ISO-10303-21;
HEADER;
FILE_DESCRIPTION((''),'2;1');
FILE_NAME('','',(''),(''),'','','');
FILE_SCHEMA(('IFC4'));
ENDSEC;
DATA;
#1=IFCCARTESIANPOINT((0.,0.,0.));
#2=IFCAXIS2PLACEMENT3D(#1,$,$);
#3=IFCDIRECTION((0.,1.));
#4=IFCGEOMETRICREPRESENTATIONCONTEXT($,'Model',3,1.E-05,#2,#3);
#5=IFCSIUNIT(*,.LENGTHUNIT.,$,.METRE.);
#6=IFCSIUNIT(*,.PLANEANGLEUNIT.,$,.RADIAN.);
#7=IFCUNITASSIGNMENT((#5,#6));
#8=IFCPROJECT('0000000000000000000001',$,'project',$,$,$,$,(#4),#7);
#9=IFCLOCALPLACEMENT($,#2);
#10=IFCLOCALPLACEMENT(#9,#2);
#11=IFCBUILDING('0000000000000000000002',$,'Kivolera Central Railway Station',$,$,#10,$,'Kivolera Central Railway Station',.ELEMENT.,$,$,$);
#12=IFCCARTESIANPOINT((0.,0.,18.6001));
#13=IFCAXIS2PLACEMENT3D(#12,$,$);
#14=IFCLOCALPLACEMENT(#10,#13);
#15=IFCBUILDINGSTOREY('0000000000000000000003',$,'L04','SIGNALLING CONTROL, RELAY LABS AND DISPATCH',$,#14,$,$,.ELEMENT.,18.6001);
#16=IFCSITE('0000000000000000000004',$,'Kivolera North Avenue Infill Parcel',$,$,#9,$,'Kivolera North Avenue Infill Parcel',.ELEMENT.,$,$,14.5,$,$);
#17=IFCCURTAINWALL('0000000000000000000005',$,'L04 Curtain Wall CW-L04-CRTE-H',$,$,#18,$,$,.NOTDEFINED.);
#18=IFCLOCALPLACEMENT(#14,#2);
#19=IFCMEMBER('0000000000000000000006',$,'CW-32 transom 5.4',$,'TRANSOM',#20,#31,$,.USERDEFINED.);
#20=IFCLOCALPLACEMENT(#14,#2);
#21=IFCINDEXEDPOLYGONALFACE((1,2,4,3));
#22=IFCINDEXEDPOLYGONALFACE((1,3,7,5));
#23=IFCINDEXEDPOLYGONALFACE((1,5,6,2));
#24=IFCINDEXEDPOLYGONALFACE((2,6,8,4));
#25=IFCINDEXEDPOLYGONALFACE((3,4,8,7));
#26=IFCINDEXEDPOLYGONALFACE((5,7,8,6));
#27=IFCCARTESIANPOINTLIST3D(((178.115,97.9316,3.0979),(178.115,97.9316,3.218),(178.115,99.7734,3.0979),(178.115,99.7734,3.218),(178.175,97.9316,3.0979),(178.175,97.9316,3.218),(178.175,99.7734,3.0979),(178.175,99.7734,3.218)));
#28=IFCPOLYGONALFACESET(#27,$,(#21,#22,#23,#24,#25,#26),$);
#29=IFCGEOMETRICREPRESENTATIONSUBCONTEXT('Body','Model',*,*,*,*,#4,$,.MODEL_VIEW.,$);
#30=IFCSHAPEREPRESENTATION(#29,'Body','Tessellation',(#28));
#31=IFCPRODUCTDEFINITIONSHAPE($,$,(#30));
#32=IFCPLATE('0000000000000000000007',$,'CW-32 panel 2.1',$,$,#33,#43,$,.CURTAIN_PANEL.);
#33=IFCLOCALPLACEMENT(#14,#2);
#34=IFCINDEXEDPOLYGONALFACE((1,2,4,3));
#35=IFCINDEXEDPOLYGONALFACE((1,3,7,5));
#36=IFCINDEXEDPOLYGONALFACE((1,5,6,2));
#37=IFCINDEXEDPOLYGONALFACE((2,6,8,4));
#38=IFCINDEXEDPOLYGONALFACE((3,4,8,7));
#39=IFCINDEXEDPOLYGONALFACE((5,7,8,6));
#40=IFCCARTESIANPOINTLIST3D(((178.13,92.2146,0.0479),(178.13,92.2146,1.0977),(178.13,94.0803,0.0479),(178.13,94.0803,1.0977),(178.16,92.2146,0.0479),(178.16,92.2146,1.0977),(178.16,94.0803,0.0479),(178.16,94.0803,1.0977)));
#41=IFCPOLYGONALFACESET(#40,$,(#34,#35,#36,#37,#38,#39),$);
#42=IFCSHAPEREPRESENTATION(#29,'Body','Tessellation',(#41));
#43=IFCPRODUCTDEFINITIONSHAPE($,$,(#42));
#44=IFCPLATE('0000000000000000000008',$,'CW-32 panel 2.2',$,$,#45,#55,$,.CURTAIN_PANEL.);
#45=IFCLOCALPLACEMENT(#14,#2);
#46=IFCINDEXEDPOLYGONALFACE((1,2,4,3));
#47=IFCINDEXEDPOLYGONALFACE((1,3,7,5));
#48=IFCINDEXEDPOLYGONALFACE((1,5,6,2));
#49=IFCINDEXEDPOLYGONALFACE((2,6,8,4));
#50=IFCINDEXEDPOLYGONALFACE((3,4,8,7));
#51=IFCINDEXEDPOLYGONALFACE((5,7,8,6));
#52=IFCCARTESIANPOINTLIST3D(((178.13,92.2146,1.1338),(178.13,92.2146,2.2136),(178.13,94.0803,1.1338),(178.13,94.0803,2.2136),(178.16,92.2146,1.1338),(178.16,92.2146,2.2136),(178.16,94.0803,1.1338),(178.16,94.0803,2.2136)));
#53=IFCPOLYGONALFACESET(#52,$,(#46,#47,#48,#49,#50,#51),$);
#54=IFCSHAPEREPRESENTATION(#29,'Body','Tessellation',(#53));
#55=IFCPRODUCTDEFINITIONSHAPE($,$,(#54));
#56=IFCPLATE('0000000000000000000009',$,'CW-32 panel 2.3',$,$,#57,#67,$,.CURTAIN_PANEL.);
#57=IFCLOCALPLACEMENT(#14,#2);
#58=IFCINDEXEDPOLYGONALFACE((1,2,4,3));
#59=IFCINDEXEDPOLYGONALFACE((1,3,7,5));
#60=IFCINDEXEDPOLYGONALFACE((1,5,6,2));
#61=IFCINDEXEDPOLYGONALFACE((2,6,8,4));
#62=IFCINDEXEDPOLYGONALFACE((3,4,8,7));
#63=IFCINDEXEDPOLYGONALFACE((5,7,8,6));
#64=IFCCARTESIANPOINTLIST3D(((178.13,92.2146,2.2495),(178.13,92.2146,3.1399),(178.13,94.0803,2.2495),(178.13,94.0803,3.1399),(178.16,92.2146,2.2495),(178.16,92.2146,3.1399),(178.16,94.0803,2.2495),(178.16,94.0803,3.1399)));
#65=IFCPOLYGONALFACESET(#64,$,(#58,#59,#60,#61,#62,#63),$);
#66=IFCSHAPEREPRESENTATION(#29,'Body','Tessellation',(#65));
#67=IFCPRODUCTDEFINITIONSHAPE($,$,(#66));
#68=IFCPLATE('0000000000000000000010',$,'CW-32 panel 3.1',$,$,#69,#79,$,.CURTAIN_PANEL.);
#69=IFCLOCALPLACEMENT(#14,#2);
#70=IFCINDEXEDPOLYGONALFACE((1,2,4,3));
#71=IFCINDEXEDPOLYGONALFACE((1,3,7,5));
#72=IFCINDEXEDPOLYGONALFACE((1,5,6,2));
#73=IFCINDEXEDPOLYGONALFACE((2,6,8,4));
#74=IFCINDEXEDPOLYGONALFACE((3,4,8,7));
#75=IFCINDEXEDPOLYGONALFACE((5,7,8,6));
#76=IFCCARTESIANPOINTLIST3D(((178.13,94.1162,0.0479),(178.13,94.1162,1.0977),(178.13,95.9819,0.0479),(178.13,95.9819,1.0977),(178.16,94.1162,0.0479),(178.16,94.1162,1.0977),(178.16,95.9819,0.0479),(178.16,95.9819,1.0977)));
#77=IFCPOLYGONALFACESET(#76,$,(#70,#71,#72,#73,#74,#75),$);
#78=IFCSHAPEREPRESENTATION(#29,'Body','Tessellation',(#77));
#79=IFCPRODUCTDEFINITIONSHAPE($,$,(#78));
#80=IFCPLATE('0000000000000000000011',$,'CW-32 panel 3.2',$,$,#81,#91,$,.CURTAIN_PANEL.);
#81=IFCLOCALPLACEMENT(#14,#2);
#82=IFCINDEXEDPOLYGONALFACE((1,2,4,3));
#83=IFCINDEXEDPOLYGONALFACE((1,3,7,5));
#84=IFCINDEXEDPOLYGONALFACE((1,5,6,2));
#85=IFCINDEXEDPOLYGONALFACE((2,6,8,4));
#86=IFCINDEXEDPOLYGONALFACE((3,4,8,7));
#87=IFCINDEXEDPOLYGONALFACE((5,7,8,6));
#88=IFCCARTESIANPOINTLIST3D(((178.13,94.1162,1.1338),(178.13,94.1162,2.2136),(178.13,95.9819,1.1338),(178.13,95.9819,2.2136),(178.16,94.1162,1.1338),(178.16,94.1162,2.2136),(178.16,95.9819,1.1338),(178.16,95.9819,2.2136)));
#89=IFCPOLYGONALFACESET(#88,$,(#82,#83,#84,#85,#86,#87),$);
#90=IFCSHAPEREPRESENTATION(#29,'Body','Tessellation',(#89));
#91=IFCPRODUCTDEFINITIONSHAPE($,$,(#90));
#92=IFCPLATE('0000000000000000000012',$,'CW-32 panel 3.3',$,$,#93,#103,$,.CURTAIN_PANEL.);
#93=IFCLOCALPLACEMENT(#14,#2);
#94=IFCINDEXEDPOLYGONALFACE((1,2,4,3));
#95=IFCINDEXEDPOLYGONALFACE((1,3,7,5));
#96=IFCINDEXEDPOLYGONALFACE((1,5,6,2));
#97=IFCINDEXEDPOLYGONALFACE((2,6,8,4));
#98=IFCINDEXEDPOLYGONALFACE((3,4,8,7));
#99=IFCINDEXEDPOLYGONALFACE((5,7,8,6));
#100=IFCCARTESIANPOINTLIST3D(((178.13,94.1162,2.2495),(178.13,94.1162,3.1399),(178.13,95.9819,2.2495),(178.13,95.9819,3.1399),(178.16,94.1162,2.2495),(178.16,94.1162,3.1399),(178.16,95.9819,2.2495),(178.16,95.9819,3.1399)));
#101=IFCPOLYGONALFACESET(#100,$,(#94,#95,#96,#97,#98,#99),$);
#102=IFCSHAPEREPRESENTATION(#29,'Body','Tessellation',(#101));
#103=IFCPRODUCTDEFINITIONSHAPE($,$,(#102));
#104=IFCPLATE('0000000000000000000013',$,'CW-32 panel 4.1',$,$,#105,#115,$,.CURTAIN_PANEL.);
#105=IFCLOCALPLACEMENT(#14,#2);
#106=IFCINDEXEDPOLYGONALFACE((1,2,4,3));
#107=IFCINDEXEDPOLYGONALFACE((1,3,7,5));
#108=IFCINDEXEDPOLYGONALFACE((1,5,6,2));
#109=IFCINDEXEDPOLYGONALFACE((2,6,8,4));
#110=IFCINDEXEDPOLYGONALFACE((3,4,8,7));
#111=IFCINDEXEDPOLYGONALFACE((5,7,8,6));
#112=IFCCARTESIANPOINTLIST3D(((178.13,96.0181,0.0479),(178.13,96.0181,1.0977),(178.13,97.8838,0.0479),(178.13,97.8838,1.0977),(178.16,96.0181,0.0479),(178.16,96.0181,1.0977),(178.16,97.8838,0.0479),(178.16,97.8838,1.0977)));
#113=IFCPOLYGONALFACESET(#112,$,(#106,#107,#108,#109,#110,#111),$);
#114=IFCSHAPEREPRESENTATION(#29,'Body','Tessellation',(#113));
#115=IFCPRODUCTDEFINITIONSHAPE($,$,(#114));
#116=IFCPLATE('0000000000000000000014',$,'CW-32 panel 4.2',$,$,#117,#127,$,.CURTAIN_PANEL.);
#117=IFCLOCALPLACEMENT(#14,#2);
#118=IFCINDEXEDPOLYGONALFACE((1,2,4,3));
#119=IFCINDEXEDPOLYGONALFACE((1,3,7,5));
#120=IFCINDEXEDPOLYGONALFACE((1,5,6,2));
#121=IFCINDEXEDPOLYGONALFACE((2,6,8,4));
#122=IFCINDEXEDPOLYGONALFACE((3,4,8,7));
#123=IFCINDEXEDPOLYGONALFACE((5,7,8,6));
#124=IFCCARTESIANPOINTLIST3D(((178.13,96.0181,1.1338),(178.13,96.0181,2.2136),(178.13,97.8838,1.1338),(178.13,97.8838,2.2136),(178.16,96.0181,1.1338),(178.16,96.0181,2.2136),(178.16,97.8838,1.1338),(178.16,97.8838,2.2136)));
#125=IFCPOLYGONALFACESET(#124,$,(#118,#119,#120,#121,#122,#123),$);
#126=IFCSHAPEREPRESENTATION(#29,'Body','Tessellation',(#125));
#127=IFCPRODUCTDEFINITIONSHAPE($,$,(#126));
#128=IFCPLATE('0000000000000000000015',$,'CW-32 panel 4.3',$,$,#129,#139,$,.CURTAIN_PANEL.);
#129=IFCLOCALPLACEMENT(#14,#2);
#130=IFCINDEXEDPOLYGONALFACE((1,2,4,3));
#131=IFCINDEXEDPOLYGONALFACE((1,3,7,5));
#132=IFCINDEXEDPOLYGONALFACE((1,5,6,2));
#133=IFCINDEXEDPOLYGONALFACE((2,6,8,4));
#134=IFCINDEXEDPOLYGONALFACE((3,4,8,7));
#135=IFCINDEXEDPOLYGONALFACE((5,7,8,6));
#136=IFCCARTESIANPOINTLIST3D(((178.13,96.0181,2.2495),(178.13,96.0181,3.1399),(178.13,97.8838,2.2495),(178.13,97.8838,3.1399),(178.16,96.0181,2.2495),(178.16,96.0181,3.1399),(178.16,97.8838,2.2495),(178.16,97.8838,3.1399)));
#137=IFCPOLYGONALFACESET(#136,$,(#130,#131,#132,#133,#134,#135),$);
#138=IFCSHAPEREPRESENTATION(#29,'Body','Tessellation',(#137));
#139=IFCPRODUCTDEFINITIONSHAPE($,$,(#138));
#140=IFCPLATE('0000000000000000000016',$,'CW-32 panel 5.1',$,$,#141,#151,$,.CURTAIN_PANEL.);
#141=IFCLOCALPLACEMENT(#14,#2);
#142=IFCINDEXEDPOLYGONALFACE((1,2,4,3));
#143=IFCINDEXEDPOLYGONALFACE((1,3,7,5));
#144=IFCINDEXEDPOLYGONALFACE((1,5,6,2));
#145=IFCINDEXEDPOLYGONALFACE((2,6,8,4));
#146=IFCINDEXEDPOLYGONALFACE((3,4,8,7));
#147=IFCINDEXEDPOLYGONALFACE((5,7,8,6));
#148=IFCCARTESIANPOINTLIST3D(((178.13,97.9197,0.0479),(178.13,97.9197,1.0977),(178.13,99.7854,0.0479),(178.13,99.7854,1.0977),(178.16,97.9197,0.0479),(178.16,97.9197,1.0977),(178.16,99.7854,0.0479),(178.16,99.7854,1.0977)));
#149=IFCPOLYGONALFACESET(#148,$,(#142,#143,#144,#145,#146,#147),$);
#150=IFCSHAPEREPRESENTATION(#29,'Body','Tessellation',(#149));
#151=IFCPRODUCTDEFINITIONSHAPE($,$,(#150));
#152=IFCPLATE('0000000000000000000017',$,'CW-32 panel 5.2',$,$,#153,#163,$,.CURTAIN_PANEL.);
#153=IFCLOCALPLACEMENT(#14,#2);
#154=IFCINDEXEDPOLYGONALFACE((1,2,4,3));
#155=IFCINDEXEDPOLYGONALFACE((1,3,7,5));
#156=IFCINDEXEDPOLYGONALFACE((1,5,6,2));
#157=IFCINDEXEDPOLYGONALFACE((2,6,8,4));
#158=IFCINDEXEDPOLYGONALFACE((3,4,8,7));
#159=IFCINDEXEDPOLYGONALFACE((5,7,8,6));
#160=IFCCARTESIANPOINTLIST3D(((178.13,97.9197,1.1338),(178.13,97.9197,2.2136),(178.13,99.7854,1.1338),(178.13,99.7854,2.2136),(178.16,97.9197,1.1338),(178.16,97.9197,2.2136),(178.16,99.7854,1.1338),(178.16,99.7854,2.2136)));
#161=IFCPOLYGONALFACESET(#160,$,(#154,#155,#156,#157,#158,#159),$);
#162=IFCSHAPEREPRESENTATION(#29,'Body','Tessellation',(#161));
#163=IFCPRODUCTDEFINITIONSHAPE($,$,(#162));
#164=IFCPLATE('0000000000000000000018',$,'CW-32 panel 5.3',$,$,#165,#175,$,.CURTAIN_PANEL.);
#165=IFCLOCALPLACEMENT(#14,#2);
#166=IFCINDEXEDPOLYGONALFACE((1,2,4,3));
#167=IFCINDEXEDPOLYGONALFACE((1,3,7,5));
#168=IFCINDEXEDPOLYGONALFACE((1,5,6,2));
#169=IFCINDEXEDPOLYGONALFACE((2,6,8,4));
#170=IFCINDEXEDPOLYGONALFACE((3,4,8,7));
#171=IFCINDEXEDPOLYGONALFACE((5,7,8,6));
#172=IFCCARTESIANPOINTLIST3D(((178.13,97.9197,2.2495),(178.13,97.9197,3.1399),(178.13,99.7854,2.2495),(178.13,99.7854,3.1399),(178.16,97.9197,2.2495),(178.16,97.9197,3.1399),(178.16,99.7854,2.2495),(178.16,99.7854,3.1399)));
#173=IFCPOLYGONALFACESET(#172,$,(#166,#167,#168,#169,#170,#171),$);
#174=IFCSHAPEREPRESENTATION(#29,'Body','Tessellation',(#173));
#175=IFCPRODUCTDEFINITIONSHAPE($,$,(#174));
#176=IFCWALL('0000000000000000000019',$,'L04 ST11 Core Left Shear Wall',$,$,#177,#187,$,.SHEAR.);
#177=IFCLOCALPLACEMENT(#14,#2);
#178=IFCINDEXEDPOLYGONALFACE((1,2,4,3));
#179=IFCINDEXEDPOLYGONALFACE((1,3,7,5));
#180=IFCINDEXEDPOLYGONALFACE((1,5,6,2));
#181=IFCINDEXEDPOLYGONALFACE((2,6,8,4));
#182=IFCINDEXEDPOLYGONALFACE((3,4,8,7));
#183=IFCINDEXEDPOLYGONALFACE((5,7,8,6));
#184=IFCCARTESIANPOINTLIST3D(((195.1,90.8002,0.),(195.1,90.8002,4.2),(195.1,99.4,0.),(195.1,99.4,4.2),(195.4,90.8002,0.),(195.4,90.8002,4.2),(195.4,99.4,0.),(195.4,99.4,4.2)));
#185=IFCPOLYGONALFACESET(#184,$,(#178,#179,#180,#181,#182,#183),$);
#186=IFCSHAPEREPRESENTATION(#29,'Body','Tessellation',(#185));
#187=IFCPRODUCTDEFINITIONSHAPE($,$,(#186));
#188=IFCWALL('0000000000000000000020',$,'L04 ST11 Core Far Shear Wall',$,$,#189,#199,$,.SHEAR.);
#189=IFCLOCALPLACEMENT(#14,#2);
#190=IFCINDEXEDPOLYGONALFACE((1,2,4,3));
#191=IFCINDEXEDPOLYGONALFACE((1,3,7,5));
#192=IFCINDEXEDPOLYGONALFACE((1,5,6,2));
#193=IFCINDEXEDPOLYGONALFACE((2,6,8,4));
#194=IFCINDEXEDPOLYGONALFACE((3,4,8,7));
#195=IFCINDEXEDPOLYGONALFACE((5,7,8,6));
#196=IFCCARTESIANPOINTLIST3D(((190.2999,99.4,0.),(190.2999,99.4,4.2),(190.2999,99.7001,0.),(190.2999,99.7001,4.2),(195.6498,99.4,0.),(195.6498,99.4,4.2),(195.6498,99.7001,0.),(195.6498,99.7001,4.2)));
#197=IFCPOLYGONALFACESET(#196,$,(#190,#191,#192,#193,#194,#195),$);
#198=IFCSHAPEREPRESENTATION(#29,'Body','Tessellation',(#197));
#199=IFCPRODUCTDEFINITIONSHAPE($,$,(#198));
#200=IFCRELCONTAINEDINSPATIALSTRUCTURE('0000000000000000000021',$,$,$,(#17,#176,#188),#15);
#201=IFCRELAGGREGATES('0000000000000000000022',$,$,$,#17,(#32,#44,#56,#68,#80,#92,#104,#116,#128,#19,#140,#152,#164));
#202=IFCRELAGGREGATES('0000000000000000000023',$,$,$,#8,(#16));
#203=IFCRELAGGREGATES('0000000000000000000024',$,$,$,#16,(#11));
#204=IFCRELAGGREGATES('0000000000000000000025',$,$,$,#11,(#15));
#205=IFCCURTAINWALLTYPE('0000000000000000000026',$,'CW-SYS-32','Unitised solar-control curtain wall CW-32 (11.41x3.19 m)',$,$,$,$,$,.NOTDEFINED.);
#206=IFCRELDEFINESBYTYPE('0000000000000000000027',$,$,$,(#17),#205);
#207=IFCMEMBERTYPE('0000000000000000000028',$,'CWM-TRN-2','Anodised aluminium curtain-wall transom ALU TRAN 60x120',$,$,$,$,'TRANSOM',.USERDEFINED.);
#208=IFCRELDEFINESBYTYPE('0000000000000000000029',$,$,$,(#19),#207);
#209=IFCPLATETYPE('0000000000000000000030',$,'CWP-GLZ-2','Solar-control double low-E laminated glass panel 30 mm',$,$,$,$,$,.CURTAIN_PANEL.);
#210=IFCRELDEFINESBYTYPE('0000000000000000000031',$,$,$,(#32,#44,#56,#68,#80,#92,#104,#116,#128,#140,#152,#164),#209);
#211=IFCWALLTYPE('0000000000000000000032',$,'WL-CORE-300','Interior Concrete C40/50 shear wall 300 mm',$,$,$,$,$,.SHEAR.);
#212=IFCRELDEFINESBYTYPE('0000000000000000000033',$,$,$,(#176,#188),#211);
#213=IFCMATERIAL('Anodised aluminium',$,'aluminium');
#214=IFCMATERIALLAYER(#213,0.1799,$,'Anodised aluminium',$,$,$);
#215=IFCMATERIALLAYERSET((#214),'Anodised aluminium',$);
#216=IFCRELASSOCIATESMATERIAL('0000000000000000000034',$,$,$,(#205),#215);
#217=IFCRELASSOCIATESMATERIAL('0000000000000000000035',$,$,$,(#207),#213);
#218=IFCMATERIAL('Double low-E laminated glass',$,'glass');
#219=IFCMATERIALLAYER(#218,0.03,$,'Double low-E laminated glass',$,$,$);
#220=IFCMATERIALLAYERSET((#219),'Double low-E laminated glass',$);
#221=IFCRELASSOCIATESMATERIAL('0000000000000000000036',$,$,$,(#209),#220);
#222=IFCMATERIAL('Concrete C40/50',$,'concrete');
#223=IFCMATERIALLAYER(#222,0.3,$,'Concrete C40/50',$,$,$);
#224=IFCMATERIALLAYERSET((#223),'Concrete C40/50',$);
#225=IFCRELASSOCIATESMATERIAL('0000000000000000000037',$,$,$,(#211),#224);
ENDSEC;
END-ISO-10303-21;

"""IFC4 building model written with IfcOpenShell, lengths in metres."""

from ifc_helpers import new_model, si_unit, direction, frame, frame_2d, origin, origin_2d, place, context, subcontext, project, spatial, rectangle, extrude, material, layer, layer_set, material_profile, profile_set, type_object, element, aggregate, save


model = new_model("IFC4")

# Units and contexts
model_context = context("Model", 3, precision=1e-05, world=origin(), true_north=direction((0.0, 1.0)))
body_context = subcontext(model_context, "Body", "Model", "MODEL_VIEW")
ifc_project = project(units=[si_unit("LENGTHUNIT", "METRE"), si_unit("PLANEANGLEUNIT", "RADIAN")], contexts=[model_context])

# Site, building, storey
site_placement = place(None, origin())
site = spatial("IfcSite", under=ifc_project, at=site_placement, Name="Kivolera North Avenue Infill Parcel", LongName="Kivolera North Avenue Infill Parcel", CompositionType="ELEMENT", RefElevation=14.5)
building_placement = place(site_placement, origin())
building = spatial("IfcBuilding", under=site, at=building_placement, Name="Kivolera Central Railway Station", LongName="Kivolera Central Railway Station", CompositionType="ELEMENT")
storey_placement = place(building_placement, frame((0.0, 0.0, 18.6001)))
storey = spatial("IfcBuildingStorey", under=building, at=storey_placement, Name="L04", Description="SIGNALLING CONTROL, RELAY LABS AND DISPATCH", CompositionType="ELEMENT", Elevation=18.6001)

# Curtain wall, member, plates
ifc_material_1 = material(Name="Anodised aluminium", Category="aluminium")
ifc_layer_1 = layer(ifc_material_1, 0.1799, Name="Anodised aluminium")
ifc_layer_set_1 = layer_set([ifc_layer_1], Name="Anodised aluminium")
curtain_wall_type = type_object("IfcCurtainWallType", Name="CW-SYS-32", Description="Unitised solar-control curtain wall CW-32 (11.41x3.19 m)", PredefinedType="NOTDEFINED", material=ifc_layer_set_1)
curtain_wall_placement = place(storey_placement, origin())
curtain_wall = element("IfcCurtainWall", 1, at=curtain_wall_placement, inside=storey, type_object=curtain_wall_type, Name="L04 Curtain Wall CW-L04-CRTE-H", PredefinedType="NOTDEFINED")
ifc_material_profile_1 = material_profile(ifc_material_1, rectangle(XDim=0.0601, YDim=0.1201, at=origin_2d()), Name="ALU TRAN 60x120")
ifc_profile_set_1 = profile_set([ifc_material_profile_1], Name="Anodised aluminium")
member_type_1 = type_object("IfcMemberType", Name="CWM-TRN-2", Description="Anodised aluminium curtain-wall transom ALU TRAN 60x120", ElementType="TRANSOM", PredefinedType="USERDEFINED", material=ifc_profile_set_1)
member_1_placement = place(storey_placement, frame((178.145, 97.9316, 3.158), z_axis=(0.0, 1.0, 0.0), x_axis=(-1.0, 0.0, 0.0)))
member_1 = element("IfcMember", 2, at=member_1_placement, type_object=member_type_1, Name="CW-32 transom 5.4", ObjectType="TRANSOM", PredefinedType="USERDEFINED", context=body_context, shape_type="SweptSolid", body=[
    extrude(rectangle(XDim=0.0601, YDim=0.1201, at=origin_2d()), origin(), (0.0, 0.0, 1.0), 1.8418),
])
ifc_material_2 = material(Name="Double low-E laminated glass", Category="glass")
ifc_layer_2 = layer(ifc_material_2, 0.03, Name="Double low-E laminated glass")
ifc_layer_set_2 = layer_set([ifc_layer_2], Name="Double low-E laminated glass")
plate_type = type_object("IfcPlateType", Name="CWP-GLZ-2", Description="Solar-control double low-E laminated glass panel 30 mm", PredefinedType="CURTAIN_PANEL", material=ifc_layer_set_2)
plate_1_placement = place(storey_placement, frame((178.145, 93.1475, 0.0479), z_axis=(0.0, 0.0, 1.0), x_axis=(0.0, 1.0, 0.0)))
plate_1 = element("IfcPlate", 3, at=plate_1_placement, type_object=plate_type, Name="CW-32 panel 2.1", PredefinedType="CURTAIN_PANEL", context=body_context, shape_type="SweptSolid", body=[
    extrude(rectangle(XDim=1.8657, YDim=0.03, at=origin_2d()), origin(), (0.0, 0.0, 1.0), 1.0498),
])
plate_2_placement = place(storey_placement, frame((178.145, 93.1475, 1.1338), z_axis=(0.0, 0.0, 1.0), x_axis=(0.0, 1.0, 0.0)))
plate_2 = element("IfcPlate", 4, at=plate_2_placement, type_object=plate_type, Name="CW-32 panel 2.2", PredefinedType="CURTAIN_PANEL", context=body_context, shape_type="SweptSolid", body=[
    extrude(rectangle(XDim=1.8657, YDim=0.03, at=origin_2d()), origin(), (0.0, 0.0, 1.0), 1.0798),
])
plate_3_placement = place(storey_placement, frame((178.145, 93.1475, 2.2495), z_axis=(0.0, 0.0, 1.0), x_axis=(0.0, 1.0, 0.0)))
plate_3 = element("IfcPlate", 5, at=plate_3_placement, type_object=plate_type, Name="CW-32 panel 2.3", PredefinedType="CURTAIN_PANEL", context=body_context, shape_type="SweptSolid", body=[
    extrude(rectangle(XDim=1.8657, YDim=0.03, at=origin_2d()), origin(), (0.0, 0.0, 1.0), 0.8904),
])
plate_4_placement = place(storey_placement, frame((178.145, 95.0491, 0.0479), z_axis=(0.0, 0.0, 1.0), x_axis=(0.0, 1.0, 0.0)))
plate_4 = element("IfcPlate", 6, at=plate_4_placement, type_object=plate_type, Name="CW-32 panel 3.1", PredefinedType="CURTAIN_PANEL", context=body_context, shape_type="SweptSolid", body=[
    extrude(rectangle(XDim=1.8657, YDim=0.03, at=origin_2d()), origin(), (0.0, 0.0, 1.0), 1.0498),
])
plate_5_placement = place(storey_placement, frame((178.145, 95.0491, 1.1338), z_axis=(0.0, 0.0, 1.0), x_axis=(0.0, 1.0, 0.0)))
plate_5 = element("IfcPlate", 7, at=plate_5_placement, type_object=plate_type, Name="CW-32 panel 3.2", PredefinedType="CURTAIN_PANEL", context=body_context, shape_type="SweptSolid", body=[
    extrude(rectangle(XDim=1.8657, YDim=0.03, at=origin_2d()), origin(), (0.0, 0.0, 1.0), 1.0798),
])
plate_6_placement = place(storey_placement, frame((178.145, 95.0491, 2.2495), z_axis=(0.0, 0.0, 1.0), x_axis=(0.0, 1.0, 0.0)))
plate_6 = element("IfcPlate", 8, at=plate_6_placement, type_object=plate_type, Name="CW-32 panel 3.3", PredefinedType="CURTAIN_PANEL", context=body_context, shape_type="SweptSolid", body=[
    extrude(rectangle(XDim=1.8657, YDim=0.03, at=origin_2d()), origin(), (0.0, 0.0, 1.0), 0.8904),
])
plate_7_placement = place(storey_placement, frame((178.145, 96.9509, 0.0479), z_axis=(0.0, 0.0, 1.0), x_axis=(0.0, 1.0, 0.0)))
plate_7 = element("IfcPlate", 9, at=plate_7_placement, type_object=plate_type, Name="CW-32 panel 4.1", PredefinedType="CURTAIN_PANEL", context=body_context, shape_type="SweptSolid", body=[
    extrude(rectangle(XDim=1.8657, YDim=0.03, at=origin_2d()), origin(), (0.0, 0.0, 1.0), 1.0498),
])
plate_8_placement = place(storey_placement, frame((178.145, 96.9509, 1.1338), z_axis=(0.0, 0.0, 1.0), x_axis=(0.0, 1.0, 0.0)))
plate_8 = element("IfcPlate", 10, at=plate_8_placement, type_object=plate_type, Name="CW-32 panel 4.2", PredefinedType="CURTAIN_PANEL", context=body_context, shape_type="SweptSolid", body=[
    extrude(rectangle(XDim=1.8657, YDim=0.03, at=origin_2d()), origin(), (0.0, 0.0, 1.0), 1.0798),
])
plate_9_placement = place(storey_placement, frame((178.145, 96.9509, 2.2495), z_axis=(0.0, 0.0, 1.0), x_axis=(0.0, 1.0, 0.0)))
plate_9 = element("IfcPlate", 11, at=plate_9_placement, type_object=plate_type, Name="CW-32 panel 4.3", PredefinedType="CURTAIN_PANEL", context=body_context, shape_type="SweptSolid", body=[
    extrude(rectangle(XDim=1.8657, YDim=0.03, at=origin_2d()), origin(), (0.0, 0.0, 1.0), 0.8904),
])
plate_10_placement = place(storey_placement, frame((178.145, 98.8525, 0.0479), z_axis=(0.0, 0.0, 1.0), x_axis=(0.0, 1.0, 0.0)))
plate_10 = element("IfcPlate", 12, at=plate_10_placement, type_object=plate_type, Name="CW-32 panel 5.1", PredefinedType="CURTAIN_PANEL", context=body_context, shape_type="SweptSolid", body=[
    extrude(rectangle(XDim=1.8657, YDim=0.03, at=origin_2d()), origin(), (0.0, 0.0, 1.0), 1.0498),
])
plate_11_placement = place(storey_placement, frame((178.145, 98.8525, 1.1338), z_axis=(0.0, 0.0, 1.0), x_axis=(0.0, 1.0, 0.0)))
plate_11 = element("IfcPlate", 13, at=plate_11_placement, type_object=plate_type, Name="CW-32 panel 5.2", PredefinedType="CURTAIN_PANEL", context=body_context, shape_type="SweptSolid", body=[
    extrude(rectangle(XDim=1.8657, YDim=0.03, at=origin_2d()), origin(), (0.0, 0.0, 1.0), 1.0798),
])
plate_12_placement = place(storey_placement, frame((178.145, 98.8525, 2.2495), z_axis=(0.0, 0.0, 1.0), x_axis=(0.0, 1.0, 0.0)))
plate_12 = element("IfcPlate", 14, at=plate_12_placement, type_object=plate_type, Name="CW-32 panel 5.3", PredefinedType="CURTAIN_PANEL", context=body_context, shape_type="SweptSolid", body=[
    extrude(rectangle(XDim=1.8657, YDim=0.03, at=origin_2d()), origin(), (0.0, 0.0, 1.0), 0.8904),
])
aggregate(curtain_wall, [plate_1, plate_2, plate_3, plate_4, plate_5, plate_6, plate_7, plate_8, plate_9, member_1, plate_10, plate_11, plate_12])

# Walls
ifc_material_3 = material(Name="Concrete C40/50", Category="concrete")
ifc_layer_3 = layer(ifc_material_3, 0.3, Name="Concrete C40/50")
ifc_layer_set_3 = layer_set([ifc_layer_3], Name="Concrete C40/50")
wall_type = type_object("IfcWallType", Name="WL-CORE-300", Description="Interior Concrete C40/50 shear wall 300 mm", PredefinedType="SHEAR", material=ifc_layer_set_3)
wall_1_placement = place(storey_placement, frame((195.25, 99.3999, 0.0), z_axis=(0.0, 0.0, 1.0), x_axis=(0.0, -1.0, 0.0)))
element("IfcWall", 15, at=wall_1_placement, inside=storey, type_object=wall_type, Name="L04 ST11 Core Left Shear Wall", PredefinedType="SHEAR", context=body_context, shape_type="SweptSolid", body=[
    extrude(rectangle(XDim=8.5999, YDim=0.3, at=frame_2d((4.2998, 0.0))), origin(), (0.0, 0.0, 1.0), 4.2),
])
wall_2_placement = place(storey_placement, frame((190.3, 99.55, 0.0), z_axis=(0.0, 0.0, 1.0), x_axis=(1.0, 0.0, 0.0)))
element("IfcWall", 16, at=wall_2_placement, inside=storey, type_object=wall_type, Name="L04 ST11 Core Far Shear Wall", PredefinedType="SHEAR", context=body_context, shape_type="SweptSolid", body=[
    extrude(rectangle(XDim=5.3499, YDim=0.3, at=frame_2d((2.6748, 0.0))), origin(), (0.0, 0.0, 1.0), 4.2),
])

save(model, "model.ifc")
